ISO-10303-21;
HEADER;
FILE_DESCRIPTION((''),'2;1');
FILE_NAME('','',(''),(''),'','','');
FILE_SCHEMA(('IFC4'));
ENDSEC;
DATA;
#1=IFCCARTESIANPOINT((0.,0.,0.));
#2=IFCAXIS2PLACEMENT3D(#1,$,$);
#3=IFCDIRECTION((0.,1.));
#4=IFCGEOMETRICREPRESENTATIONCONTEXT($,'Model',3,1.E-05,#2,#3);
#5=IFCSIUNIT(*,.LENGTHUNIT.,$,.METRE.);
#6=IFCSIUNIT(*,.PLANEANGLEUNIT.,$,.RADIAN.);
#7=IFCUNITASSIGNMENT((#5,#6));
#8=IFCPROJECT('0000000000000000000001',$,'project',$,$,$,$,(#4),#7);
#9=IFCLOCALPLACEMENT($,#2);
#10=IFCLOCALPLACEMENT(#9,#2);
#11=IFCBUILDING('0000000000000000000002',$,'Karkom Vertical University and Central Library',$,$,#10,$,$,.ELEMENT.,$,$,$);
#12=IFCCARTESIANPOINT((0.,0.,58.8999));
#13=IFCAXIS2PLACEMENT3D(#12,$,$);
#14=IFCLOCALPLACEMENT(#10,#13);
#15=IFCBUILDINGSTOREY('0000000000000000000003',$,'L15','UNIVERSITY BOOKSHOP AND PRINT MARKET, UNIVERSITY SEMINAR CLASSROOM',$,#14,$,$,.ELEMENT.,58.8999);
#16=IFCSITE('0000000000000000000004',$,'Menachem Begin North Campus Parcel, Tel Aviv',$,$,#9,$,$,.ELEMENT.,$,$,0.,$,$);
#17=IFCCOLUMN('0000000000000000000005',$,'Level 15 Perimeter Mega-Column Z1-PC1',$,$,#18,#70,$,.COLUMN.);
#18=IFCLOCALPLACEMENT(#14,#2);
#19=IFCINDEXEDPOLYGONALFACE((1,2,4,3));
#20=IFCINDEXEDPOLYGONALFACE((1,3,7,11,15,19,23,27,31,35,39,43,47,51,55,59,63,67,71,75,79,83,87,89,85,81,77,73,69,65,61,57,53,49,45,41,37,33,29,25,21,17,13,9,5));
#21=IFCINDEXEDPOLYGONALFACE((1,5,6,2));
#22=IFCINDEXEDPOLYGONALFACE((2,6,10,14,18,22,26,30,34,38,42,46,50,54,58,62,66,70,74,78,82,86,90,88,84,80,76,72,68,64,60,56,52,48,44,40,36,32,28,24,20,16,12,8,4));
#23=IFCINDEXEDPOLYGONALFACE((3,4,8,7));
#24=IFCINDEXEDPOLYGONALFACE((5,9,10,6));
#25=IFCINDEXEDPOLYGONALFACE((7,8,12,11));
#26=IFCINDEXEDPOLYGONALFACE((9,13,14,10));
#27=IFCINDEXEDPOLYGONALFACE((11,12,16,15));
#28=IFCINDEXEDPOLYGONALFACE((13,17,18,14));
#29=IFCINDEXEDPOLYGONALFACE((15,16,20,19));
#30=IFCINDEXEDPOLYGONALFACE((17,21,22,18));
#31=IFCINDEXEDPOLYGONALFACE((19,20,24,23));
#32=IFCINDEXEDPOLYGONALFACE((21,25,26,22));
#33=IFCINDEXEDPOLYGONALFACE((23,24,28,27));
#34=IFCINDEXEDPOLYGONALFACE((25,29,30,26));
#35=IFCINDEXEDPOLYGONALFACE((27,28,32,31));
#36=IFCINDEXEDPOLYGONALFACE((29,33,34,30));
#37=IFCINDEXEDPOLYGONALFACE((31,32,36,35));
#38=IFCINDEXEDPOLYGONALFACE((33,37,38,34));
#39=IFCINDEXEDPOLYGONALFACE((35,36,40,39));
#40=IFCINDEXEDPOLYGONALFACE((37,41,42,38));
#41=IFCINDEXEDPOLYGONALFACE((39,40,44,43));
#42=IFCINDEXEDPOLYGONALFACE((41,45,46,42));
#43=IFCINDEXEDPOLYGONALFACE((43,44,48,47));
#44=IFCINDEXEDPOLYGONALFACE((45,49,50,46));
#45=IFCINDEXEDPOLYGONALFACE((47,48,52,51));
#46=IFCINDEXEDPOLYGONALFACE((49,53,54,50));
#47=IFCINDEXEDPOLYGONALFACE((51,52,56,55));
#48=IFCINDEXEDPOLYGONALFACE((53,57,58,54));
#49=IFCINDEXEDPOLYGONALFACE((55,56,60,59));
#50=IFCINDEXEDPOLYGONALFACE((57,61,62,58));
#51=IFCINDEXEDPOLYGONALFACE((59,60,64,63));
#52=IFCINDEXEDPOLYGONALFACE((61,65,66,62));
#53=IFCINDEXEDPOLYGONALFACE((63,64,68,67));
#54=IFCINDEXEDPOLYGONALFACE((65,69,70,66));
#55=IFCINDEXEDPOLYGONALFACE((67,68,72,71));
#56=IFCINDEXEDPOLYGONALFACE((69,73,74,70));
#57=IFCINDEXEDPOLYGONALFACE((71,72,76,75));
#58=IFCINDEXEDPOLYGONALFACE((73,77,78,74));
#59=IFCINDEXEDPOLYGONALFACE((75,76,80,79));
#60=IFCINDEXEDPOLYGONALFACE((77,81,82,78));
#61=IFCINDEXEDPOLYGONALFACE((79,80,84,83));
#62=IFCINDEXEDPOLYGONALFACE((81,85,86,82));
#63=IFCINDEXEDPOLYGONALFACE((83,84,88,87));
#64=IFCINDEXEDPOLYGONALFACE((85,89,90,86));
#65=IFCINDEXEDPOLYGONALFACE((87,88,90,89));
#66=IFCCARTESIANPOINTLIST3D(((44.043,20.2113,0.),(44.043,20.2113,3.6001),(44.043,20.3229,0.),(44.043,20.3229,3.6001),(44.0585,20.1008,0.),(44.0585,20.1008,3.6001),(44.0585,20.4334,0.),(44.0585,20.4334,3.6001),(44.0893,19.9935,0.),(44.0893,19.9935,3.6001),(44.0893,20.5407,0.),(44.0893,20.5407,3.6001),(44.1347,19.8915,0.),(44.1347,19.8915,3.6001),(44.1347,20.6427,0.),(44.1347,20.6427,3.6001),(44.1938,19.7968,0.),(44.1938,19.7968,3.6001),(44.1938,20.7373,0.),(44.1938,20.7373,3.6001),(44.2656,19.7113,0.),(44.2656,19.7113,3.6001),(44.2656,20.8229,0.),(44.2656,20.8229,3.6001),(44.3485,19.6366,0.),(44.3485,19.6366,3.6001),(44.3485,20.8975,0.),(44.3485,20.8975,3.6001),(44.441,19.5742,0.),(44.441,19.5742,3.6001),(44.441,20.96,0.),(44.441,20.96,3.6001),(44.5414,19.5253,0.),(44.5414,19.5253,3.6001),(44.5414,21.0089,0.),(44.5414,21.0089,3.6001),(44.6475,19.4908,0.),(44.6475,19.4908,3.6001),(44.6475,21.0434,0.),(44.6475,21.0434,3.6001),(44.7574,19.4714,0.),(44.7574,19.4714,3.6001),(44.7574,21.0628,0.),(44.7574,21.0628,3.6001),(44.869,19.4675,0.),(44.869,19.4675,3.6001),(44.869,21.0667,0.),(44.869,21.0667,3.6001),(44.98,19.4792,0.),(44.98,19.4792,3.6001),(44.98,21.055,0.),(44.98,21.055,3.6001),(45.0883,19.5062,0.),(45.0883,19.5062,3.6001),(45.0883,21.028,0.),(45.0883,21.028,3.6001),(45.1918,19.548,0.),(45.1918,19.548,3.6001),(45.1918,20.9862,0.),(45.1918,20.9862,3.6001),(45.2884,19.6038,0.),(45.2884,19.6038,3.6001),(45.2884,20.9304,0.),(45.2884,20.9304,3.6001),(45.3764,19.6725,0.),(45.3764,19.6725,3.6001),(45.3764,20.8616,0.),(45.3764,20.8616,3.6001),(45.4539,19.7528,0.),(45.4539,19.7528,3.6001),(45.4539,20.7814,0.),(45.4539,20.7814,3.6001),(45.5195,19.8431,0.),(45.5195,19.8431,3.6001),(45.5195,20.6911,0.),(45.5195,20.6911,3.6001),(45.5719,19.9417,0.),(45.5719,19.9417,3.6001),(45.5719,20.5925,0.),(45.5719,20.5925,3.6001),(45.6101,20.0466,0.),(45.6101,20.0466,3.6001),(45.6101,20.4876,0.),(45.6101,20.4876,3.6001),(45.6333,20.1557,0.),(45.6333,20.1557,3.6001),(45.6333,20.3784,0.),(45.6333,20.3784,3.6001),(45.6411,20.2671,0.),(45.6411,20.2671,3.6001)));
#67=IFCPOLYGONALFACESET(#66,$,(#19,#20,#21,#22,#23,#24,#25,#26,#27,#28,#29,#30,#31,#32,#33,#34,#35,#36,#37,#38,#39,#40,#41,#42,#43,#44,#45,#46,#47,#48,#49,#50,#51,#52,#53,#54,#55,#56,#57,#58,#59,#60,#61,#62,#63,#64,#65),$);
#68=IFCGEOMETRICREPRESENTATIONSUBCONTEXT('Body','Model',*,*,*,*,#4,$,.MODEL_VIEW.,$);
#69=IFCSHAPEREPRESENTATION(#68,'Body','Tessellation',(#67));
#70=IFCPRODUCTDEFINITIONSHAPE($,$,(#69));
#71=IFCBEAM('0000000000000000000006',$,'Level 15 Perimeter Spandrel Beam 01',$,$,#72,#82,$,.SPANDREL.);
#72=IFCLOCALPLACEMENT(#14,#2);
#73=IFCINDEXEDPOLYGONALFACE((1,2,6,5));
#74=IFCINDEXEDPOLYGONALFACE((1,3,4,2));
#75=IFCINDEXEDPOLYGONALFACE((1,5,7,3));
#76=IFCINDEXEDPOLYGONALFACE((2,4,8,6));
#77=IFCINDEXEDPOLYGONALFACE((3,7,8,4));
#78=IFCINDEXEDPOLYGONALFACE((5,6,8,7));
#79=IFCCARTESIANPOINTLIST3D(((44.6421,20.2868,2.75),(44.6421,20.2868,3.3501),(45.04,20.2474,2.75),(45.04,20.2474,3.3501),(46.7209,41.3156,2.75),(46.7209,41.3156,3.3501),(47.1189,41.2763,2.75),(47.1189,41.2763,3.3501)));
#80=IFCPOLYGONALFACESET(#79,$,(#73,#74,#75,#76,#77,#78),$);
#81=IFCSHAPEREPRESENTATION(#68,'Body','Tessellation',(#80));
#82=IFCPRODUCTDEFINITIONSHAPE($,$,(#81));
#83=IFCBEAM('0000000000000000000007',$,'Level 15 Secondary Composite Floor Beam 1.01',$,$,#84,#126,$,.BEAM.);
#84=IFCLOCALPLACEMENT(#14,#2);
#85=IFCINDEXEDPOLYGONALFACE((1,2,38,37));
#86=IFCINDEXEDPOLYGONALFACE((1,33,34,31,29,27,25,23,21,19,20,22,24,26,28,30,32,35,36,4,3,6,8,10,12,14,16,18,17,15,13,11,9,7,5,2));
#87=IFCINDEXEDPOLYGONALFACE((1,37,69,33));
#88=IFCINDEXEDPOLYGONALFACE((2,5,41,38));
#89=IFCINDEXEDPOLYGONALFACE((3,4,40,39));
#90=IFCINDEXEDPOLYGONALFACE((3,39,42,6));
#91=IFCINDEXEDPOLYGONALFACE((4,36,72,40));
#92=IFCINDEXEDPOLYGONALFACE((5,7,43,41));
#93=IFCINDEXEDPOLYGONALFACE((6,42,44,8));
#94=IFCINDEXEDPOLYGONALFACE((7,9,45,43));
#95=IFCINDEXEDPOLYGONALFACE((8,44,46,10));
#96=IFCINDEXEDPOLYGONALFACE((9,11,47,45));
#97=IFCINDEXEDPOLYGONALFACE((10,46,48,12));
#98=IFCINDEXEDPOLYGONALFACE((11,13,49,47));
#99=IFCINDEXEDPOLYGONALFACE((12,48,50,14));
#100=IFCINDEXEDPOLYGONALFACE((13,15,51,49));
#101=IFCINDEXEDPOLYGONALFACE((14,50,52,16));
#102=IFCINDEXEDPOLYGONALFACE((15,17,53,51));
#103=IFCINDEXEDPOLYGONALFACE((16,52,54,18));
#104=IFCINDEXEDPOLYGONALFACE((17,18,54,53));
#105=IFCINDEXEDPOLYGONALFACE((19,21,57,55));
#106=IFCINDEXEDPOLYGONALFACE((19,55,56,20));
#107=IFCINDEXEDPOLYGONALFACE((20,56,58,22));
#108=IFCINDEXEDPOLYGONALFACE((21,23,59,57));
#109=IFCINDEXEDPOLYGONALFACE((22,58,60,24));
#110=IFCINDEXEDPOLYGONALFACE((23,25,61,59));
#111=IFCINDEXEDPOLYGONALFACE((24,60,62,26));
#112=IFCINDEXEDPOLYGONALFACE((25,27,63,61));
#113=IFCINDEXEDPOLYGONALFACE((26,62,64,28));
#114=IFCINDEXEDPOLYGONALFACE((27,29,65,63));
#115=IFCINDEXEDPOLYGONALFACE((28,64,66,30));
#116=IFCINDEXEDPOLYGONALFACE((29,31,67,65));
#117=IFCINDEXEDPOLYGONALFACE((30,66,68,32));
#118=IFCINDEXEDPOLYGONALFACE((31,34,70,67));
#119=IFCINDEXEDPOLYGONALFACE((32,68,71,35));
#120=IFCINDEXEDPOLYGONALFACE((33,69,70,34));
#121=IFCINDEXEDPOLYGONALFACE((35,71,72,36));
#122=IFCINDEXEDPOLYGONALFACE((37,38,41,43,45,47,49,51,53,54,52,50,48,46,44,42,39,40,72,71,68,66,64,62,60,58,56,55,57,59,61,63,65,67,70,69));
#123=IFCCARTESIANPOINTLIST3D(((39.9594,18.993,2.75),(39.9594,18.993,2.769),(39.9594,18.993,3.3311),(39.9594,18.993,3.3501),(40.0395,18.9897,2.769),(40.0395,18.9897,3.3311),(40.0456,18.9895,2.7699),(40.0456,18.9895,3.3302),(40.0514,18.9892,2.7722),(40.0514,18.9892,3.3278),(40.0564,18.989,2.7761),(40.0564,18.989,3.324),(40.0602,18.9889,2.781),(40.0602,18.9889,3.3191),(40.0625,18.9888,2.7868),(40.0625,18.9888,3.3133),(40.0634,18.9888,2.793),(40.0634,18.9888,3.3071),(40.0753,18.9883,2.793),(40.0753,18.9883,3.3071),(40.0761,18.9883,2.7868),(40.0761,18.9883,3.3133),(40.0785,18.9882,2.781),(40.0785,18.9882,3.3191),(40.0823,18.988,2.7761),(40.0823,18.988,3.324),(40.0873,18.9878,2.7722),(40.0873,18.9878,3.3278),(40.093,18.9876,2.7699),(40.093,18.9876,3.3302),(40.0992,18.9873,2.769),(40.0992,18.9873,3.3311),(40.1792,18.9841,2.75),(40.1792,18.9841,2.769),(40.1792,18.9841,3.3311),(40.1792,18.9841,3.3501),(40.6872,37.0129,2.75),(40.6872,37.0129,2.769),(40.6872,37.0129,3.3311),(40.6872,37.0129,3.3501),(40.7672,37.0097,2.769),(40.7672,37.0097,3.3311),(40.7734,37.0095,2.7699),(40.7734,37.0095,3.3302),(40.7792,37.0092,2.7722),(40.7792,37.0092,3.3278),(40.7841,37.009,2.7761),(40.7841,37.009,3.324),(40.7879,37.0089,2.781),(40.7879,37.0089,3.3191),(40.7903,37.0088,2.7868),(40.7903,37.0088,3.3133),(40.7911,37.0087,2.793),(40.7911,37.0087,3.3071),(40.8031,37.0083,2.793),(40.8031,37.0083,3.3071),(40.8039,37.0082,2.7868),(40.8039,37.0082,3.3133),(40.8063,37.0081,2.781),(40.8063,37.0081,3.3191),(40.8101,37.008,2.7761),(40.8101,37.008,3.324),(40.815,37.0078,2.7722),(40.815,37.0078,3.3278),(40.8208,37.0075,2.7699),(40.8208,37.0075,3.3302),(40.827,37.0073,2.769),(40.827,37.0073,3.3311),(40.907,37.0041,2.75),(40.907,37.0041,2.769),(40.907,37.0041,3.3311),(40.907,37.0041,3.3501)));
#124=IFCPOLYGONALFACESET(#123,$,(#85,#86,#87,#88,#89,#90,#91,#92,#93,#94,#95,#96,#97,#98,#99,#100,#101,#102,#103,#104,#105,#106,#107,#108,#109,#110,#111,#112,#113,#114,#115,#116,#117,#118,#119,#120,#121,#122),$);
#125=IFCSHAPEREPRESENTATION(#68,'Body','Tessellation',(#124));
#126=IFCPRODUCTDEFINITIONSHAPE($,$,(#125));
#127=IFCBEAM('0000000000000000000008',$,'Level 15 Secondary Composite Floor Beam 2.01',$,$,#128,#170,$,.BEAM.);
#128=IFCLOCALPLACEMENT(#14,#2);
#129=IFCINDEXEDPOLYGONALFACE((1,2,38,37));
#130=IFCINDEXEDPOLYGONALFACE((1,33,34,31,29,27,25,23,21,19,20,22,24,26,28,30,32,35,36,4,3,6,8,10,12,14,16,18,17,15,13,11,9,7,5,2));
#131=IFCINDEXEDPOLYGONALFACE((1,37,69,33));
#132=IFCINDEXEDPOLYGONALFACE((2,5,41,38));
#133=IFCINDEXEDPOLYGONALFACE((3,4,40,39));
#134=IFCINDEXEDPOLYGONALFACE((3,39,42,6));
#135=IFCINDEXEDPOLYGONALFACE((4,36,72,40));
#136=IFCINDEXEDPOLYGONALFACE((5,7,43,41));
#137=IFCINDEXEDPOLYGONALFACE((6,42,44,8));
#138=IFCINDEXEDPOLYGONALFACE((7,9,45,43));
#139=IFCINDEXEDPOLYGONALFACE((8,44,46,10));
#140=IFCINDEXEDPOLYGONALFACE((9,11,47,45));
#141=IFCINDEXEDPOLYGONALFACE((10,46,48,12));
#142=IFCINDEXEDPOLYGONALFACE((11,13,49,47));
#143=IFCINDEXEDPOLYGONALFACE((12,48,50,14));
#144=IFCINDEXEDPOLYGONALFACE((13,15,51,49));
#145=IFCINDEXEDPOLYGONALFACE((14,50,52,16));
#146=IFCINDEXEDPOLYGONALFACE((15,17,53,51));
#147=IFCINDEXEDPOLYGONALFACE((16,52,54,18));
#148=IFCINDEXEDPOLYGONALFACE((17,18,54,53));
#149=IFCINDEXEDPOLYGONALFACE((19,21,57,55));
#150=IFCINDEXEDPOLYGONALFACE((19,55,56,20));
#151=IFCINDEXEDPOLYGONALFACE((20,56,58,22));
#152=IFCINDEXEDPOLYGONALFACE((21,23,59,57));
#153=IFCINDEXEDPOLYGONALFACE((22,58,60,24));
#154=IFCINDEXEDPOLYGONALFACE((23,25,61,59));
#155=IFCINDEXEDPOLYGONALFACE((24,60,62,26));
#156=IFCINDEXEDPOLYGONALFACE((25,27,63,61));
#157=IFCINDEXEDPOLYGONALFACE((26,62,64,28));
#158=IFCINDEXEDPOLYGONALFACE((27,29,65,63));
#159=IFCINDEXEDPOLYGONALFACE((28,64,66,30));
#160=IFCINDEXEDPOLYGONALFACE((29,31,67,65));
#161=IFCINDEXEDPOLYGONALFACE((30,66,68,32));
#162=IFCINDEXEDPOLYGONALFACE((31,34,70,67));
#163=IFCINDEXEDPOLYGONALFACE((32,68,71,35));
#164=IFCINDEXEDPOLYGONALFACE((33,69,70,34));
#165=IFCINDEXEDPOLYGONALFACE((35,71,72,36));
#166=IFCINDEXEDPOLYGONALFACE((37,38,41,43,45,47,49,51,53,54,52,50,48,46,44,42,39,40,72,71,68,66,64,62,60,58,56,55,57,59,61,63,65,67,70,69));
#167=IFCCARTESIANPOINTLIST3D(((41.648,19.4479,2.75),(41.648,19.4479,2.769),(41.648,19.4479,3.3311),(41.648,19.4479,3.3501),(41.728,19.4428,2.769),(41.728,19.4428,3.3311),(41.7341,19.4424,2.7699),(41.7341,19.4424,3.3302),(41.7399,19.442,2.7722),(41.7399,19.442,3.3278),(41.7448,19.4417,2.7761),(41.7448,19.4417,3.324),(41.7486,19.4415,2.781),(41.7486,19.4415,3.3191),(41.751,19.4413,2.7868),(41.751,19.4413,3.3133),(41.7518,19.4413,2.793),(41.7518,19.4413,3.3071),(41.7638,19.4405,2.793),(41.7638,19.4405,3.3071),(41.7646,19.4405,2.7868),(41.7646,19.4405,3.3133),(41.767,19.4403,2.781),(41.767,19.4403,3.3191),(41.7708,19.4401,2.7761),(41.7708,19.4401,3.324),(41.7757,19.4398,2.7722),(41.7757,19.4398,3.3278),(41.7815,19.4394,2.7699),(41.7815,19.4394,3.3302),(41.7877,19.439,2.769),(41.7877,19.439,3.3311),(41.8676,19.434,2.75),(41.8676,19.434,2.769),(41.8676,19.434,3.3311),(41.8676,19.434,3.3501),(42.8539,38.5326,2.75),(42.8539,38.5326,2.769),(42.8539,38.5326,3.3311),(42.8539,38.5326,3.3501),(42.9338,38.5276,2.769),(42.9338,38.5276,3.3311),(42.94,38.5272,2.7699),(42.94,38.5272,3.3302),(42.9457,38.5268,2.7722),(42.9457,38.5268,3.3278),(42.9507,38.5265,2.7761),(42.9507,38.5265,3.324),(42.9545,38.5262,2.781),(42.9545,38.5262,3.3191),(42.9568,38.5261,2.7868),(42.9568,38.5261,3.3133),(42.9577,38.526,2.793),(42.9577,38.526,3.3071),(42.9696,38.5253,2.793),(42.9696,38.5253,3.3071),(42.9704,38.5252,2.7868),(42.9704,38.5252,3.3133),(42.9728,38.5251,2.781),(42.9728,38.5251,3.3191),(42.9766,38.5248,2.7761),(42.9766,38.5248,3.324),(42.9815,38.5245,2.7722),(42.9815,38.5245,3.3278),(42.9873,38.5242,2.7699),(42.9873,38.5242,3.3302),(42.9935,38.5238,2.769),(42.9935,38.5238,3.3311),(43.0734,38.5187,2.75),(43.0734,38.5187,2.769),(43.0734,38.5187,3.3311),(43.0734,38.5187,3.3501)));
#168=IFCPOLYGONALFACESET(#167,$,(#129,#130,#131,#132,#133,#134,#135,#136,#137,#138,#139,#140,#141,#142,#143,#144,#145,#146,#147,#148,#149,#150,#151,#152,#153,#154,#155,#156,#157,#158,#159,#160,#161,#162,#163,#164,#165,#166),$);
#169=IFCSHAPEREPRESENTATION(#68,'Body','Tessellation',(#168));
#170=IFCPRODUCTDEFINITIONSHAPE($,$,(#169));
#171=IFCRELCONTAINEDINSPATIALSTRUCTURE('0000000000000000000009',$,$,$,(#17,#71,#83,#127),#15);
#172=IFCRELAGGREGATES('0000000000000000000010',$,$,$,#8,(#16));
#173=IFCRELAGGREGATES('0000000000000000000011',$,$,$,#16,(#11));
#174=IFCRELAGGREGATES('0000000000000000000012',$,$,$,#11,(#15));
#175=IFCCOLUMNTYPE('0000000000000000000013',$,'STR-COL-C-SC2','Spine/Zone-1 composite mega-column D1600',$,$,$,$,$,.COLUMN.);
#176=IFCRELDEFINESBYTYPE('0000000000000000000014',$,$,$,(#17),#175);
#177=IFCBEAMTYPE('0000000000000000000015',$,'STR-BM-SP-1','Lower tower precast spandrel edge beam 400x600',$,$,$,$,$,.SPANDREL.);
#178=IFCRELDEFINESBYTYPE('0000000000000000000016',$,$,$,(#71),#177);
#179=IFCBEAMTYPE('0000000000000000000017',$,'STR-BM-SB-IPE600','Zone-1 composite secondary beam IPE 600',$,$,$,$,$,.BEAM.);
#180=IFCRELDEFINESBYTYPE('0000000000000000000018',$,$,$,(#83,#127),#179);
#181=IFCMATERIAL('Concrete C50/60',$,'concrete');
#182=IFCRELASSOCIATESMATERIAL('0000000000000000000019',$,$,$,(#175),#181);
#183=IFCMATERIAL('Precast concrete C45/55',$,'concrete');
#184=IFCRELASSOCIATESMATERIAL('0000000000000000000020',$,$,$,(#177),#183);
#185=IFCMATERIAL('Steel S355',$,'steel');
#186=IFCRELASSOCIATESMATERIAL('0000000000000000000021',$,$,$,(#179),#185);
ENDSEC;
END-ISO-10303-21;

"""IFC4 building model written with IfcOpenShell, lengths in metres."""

from ifc_helpers import new_model, si_unit, direction, frame, origin, origin_with_axes, origin_2d, place, context, subcontext, project, spatial, rectangle, circle, i_section, extrude, source, transform, mapped, material, material_profile, profile_set, type_object, element, save


model = new_model("IFC4")

# Units and contexts
model_context = context("Model", 3, precision=1e-05, world=origin(), true_north=direction((0.0, 1.0)))
body_context = subcontext(model_context, "Body", "Model", "MODEL_VIEW")
ifc_project = project(units=[si_unit("LENGTHUNIT", "METRE"), si_unit("PLANEANGLEUNIT", "RADIAN")], contexts=[model_context])

# Site, building, storey
site_placement = place(None, origin())
site = spatial("IfcSite", under=ifc_project, at=site_placement, Name="Menachem Begin North Campus Parcel, Tel Aviv", CompositionType="ELEMENT", RefElevation=0.0)
building_placement = place(site_placement, origin())
building = spatial("IfcBuilding", under=site, at=building_placement, Name="Karkom Vertical University and Central Library", CompositionType="ELEMENT")
storey_placement = place(building_placement, frame((0.0, 0.0, 58.8999)))
storey = spatial("IfcBuildingStorey", under=building, at=storey_placement, Name="L15", Description="UNIVERSITY BOOKSHOP AND PRINT MARKET, UNIVERSITY SEMINAR CLASSROOM", CompositionType="ELEMENT", Elevation=58.8999)

# Column
ifc_material_1 = material(Name="Concrete C50/60", Category="concrete")
ifc_material_profile_1 = material_profile(ifc_material_1, circle(Radius=0.8, at=origin_2d()), Name="CFT-D1600")
ifc_profile_set_1 = profile_set([ifc_material_profile_1], Name="Concrete C50/60")
column_type = type_object("IfcColumnType", Name="STR-COL-C-SC2", Description="Spine/Zone-1 composite mega-column D1600", PredefinedType="COLUMN", material=ifc_profile_set_1)
shared_shape_1 = source(origin_with_axes(), body_context, "Body", "SweptSolid", [
    extrude(circle(Radius=0.8, at=origin_2d()), origin(), (0.0, 0.0, 1.0), 3.6001),
])
column_placement = place(storey_placement, frame((44.8411, 20.2671, 0.0), z_axis=(0.0, 0.0, 1.0), x_axis=(1.0, 0.0, 0.0)))
element("IfcColumn", 1, at=column_placement, inside=storey, type_object=column_type, Name="Level 15 Perimeter Mega-Column Z1-PC1", PredefinedType="COLUMN", context=body_context, shape_type="MappedRepresentation", body=[
    mapped(shared_shape_1, transform((0.0, 0.0, 0.0), scale=1.0)),
])

# Beams
ifc_material_2 = material(Name="Precast concrete C45/55", Category="concrete")
ifc_material_profile_2 = material_profile(ifc_material_2, rectangle(XDim=0.3999, YDim=0.6001, at=origin_2d()), Name="SPB-400x600")
ifc_profile_set_2 = profile_set([ifc_material_profile_2], Name="Precast concrete C45/55")
beam_type_1 = type_object("IfcBeamType", Name="STR-BM-SP-1", Description="Lower tower precast spandrel edge beam 400x600", PredefinedType="SPANDREL", material=ifc_profile_set_2)
shared_shape_2 = source(origin_with_axes(), body_context, "Body", "SweptSolid", [
    extrude(rectangle(XDim=0.3999, YDim=0.6001, at=origin_2d()), origin(), (0.0, 0.0, 1.0), 21.1313),
])
beam_1_placement = place(storey_placement, frame((44.8411, 20.2671, 3.05), z_axis=(0.098378, 0.995149, 0.0), x_axis=(-0.995149, 0.098378, 0.0)))
element("IfcBeam", 2, at=beam_1_placement, inside=storey, type_object=beam_type_1, Name="Level 15 Perimeter Spandrel Beam 01", PredefinedType="SPANDREL", context=body_context, shape_type="MappedRepresentation", body=[
    mapped(shared_shape_2, transform((0.0, 0.0, 0.0), scale=1.0)),
])
ifc_material_3 = material(Name="Steel S355", Category="steel")
ifc_material_profile_3 = material_profile(ifc_material_3, i_section(OverallWidth=0.22, OverallDepth=0.6001, WebThickness=0.012, FlangeThickness=0.019, FilletRadius=0.0239, at=origin_2d()), Name="IPE 600")
ifc_profile_set_3 = profile_set([ifc_material_profile_3], Name="Steel S355")
beam_type_2 = type_object("IfcBeamType", Name="STR-BM-SB-IPE600", Description="Zone-1 composite secondary beam IPE 600", PredefinedType="BEAM", material=ifc_profile_set_3)
shared_shape_3 = source(origin_with_axes(), body_context, "Body", "SweptSolid", [
    extrude(i_section(OverallWidth=0.22, OverallDepth=0.6001, WebThickness=0.012, FlangeThickness=0.019, FilletRadius=0.0239, at=origin_2d()), origin(), (0.0, 0.0, 1.0), 18.0347),
])
beam_2_placement = place(storey_placement, frame((40.0693, 18.9885, 3.05), z_axis=(0.040355, 0.999185, 0.0), x_axis=(-0.999185, 0.040355, 0.0)))
element("IfcBeam", 3, at=beam_2_placement, inside=storey, type_object=beam_type_2, Name="Level 15 Secondary Composite Floor Beam 1.01", PredefinedType="BEAM", context=body_context, shape_type="MappedRepresentation", body=[
    mapped(shared_shape_3, transform((0.0, 0.0, 0.0), scale=1.0)),
])
shared_shape_4 = source(origin_with_axes(), body_context, "Body", "SweptSolid", [
    extrude(i_section(OverallWidth=0.22, OverallDepth=0.6001, WebThickness=0.012, FlangeThickness=0.019, FilletRadius=0.0239, at=origin_2d()), origin(), (0.0, 0.0, 1.0), 19.1228),
])
beam_3_placement = place(storey_placement, frame((41.7578, 19.4409, 3.05), z_axis=(0.063056, 0.99801, 0.0), x_axis=(-0.99801, 0.063056, 0.0)))
element("IfcBeam", 4, at=beam_3_placement, inside=storey, type_object=beam_type_2, Name="Level 15 Secondary Composite Floor Beam 2.01", PredefinedType="BEAM", context=body_context, shape_type="MappedRepresentation", body=[
    mapped(shared_shape_4, transform((0.0, 0.0, 0.0), scale=1.0)),
])

save(model, "model.ifc")
